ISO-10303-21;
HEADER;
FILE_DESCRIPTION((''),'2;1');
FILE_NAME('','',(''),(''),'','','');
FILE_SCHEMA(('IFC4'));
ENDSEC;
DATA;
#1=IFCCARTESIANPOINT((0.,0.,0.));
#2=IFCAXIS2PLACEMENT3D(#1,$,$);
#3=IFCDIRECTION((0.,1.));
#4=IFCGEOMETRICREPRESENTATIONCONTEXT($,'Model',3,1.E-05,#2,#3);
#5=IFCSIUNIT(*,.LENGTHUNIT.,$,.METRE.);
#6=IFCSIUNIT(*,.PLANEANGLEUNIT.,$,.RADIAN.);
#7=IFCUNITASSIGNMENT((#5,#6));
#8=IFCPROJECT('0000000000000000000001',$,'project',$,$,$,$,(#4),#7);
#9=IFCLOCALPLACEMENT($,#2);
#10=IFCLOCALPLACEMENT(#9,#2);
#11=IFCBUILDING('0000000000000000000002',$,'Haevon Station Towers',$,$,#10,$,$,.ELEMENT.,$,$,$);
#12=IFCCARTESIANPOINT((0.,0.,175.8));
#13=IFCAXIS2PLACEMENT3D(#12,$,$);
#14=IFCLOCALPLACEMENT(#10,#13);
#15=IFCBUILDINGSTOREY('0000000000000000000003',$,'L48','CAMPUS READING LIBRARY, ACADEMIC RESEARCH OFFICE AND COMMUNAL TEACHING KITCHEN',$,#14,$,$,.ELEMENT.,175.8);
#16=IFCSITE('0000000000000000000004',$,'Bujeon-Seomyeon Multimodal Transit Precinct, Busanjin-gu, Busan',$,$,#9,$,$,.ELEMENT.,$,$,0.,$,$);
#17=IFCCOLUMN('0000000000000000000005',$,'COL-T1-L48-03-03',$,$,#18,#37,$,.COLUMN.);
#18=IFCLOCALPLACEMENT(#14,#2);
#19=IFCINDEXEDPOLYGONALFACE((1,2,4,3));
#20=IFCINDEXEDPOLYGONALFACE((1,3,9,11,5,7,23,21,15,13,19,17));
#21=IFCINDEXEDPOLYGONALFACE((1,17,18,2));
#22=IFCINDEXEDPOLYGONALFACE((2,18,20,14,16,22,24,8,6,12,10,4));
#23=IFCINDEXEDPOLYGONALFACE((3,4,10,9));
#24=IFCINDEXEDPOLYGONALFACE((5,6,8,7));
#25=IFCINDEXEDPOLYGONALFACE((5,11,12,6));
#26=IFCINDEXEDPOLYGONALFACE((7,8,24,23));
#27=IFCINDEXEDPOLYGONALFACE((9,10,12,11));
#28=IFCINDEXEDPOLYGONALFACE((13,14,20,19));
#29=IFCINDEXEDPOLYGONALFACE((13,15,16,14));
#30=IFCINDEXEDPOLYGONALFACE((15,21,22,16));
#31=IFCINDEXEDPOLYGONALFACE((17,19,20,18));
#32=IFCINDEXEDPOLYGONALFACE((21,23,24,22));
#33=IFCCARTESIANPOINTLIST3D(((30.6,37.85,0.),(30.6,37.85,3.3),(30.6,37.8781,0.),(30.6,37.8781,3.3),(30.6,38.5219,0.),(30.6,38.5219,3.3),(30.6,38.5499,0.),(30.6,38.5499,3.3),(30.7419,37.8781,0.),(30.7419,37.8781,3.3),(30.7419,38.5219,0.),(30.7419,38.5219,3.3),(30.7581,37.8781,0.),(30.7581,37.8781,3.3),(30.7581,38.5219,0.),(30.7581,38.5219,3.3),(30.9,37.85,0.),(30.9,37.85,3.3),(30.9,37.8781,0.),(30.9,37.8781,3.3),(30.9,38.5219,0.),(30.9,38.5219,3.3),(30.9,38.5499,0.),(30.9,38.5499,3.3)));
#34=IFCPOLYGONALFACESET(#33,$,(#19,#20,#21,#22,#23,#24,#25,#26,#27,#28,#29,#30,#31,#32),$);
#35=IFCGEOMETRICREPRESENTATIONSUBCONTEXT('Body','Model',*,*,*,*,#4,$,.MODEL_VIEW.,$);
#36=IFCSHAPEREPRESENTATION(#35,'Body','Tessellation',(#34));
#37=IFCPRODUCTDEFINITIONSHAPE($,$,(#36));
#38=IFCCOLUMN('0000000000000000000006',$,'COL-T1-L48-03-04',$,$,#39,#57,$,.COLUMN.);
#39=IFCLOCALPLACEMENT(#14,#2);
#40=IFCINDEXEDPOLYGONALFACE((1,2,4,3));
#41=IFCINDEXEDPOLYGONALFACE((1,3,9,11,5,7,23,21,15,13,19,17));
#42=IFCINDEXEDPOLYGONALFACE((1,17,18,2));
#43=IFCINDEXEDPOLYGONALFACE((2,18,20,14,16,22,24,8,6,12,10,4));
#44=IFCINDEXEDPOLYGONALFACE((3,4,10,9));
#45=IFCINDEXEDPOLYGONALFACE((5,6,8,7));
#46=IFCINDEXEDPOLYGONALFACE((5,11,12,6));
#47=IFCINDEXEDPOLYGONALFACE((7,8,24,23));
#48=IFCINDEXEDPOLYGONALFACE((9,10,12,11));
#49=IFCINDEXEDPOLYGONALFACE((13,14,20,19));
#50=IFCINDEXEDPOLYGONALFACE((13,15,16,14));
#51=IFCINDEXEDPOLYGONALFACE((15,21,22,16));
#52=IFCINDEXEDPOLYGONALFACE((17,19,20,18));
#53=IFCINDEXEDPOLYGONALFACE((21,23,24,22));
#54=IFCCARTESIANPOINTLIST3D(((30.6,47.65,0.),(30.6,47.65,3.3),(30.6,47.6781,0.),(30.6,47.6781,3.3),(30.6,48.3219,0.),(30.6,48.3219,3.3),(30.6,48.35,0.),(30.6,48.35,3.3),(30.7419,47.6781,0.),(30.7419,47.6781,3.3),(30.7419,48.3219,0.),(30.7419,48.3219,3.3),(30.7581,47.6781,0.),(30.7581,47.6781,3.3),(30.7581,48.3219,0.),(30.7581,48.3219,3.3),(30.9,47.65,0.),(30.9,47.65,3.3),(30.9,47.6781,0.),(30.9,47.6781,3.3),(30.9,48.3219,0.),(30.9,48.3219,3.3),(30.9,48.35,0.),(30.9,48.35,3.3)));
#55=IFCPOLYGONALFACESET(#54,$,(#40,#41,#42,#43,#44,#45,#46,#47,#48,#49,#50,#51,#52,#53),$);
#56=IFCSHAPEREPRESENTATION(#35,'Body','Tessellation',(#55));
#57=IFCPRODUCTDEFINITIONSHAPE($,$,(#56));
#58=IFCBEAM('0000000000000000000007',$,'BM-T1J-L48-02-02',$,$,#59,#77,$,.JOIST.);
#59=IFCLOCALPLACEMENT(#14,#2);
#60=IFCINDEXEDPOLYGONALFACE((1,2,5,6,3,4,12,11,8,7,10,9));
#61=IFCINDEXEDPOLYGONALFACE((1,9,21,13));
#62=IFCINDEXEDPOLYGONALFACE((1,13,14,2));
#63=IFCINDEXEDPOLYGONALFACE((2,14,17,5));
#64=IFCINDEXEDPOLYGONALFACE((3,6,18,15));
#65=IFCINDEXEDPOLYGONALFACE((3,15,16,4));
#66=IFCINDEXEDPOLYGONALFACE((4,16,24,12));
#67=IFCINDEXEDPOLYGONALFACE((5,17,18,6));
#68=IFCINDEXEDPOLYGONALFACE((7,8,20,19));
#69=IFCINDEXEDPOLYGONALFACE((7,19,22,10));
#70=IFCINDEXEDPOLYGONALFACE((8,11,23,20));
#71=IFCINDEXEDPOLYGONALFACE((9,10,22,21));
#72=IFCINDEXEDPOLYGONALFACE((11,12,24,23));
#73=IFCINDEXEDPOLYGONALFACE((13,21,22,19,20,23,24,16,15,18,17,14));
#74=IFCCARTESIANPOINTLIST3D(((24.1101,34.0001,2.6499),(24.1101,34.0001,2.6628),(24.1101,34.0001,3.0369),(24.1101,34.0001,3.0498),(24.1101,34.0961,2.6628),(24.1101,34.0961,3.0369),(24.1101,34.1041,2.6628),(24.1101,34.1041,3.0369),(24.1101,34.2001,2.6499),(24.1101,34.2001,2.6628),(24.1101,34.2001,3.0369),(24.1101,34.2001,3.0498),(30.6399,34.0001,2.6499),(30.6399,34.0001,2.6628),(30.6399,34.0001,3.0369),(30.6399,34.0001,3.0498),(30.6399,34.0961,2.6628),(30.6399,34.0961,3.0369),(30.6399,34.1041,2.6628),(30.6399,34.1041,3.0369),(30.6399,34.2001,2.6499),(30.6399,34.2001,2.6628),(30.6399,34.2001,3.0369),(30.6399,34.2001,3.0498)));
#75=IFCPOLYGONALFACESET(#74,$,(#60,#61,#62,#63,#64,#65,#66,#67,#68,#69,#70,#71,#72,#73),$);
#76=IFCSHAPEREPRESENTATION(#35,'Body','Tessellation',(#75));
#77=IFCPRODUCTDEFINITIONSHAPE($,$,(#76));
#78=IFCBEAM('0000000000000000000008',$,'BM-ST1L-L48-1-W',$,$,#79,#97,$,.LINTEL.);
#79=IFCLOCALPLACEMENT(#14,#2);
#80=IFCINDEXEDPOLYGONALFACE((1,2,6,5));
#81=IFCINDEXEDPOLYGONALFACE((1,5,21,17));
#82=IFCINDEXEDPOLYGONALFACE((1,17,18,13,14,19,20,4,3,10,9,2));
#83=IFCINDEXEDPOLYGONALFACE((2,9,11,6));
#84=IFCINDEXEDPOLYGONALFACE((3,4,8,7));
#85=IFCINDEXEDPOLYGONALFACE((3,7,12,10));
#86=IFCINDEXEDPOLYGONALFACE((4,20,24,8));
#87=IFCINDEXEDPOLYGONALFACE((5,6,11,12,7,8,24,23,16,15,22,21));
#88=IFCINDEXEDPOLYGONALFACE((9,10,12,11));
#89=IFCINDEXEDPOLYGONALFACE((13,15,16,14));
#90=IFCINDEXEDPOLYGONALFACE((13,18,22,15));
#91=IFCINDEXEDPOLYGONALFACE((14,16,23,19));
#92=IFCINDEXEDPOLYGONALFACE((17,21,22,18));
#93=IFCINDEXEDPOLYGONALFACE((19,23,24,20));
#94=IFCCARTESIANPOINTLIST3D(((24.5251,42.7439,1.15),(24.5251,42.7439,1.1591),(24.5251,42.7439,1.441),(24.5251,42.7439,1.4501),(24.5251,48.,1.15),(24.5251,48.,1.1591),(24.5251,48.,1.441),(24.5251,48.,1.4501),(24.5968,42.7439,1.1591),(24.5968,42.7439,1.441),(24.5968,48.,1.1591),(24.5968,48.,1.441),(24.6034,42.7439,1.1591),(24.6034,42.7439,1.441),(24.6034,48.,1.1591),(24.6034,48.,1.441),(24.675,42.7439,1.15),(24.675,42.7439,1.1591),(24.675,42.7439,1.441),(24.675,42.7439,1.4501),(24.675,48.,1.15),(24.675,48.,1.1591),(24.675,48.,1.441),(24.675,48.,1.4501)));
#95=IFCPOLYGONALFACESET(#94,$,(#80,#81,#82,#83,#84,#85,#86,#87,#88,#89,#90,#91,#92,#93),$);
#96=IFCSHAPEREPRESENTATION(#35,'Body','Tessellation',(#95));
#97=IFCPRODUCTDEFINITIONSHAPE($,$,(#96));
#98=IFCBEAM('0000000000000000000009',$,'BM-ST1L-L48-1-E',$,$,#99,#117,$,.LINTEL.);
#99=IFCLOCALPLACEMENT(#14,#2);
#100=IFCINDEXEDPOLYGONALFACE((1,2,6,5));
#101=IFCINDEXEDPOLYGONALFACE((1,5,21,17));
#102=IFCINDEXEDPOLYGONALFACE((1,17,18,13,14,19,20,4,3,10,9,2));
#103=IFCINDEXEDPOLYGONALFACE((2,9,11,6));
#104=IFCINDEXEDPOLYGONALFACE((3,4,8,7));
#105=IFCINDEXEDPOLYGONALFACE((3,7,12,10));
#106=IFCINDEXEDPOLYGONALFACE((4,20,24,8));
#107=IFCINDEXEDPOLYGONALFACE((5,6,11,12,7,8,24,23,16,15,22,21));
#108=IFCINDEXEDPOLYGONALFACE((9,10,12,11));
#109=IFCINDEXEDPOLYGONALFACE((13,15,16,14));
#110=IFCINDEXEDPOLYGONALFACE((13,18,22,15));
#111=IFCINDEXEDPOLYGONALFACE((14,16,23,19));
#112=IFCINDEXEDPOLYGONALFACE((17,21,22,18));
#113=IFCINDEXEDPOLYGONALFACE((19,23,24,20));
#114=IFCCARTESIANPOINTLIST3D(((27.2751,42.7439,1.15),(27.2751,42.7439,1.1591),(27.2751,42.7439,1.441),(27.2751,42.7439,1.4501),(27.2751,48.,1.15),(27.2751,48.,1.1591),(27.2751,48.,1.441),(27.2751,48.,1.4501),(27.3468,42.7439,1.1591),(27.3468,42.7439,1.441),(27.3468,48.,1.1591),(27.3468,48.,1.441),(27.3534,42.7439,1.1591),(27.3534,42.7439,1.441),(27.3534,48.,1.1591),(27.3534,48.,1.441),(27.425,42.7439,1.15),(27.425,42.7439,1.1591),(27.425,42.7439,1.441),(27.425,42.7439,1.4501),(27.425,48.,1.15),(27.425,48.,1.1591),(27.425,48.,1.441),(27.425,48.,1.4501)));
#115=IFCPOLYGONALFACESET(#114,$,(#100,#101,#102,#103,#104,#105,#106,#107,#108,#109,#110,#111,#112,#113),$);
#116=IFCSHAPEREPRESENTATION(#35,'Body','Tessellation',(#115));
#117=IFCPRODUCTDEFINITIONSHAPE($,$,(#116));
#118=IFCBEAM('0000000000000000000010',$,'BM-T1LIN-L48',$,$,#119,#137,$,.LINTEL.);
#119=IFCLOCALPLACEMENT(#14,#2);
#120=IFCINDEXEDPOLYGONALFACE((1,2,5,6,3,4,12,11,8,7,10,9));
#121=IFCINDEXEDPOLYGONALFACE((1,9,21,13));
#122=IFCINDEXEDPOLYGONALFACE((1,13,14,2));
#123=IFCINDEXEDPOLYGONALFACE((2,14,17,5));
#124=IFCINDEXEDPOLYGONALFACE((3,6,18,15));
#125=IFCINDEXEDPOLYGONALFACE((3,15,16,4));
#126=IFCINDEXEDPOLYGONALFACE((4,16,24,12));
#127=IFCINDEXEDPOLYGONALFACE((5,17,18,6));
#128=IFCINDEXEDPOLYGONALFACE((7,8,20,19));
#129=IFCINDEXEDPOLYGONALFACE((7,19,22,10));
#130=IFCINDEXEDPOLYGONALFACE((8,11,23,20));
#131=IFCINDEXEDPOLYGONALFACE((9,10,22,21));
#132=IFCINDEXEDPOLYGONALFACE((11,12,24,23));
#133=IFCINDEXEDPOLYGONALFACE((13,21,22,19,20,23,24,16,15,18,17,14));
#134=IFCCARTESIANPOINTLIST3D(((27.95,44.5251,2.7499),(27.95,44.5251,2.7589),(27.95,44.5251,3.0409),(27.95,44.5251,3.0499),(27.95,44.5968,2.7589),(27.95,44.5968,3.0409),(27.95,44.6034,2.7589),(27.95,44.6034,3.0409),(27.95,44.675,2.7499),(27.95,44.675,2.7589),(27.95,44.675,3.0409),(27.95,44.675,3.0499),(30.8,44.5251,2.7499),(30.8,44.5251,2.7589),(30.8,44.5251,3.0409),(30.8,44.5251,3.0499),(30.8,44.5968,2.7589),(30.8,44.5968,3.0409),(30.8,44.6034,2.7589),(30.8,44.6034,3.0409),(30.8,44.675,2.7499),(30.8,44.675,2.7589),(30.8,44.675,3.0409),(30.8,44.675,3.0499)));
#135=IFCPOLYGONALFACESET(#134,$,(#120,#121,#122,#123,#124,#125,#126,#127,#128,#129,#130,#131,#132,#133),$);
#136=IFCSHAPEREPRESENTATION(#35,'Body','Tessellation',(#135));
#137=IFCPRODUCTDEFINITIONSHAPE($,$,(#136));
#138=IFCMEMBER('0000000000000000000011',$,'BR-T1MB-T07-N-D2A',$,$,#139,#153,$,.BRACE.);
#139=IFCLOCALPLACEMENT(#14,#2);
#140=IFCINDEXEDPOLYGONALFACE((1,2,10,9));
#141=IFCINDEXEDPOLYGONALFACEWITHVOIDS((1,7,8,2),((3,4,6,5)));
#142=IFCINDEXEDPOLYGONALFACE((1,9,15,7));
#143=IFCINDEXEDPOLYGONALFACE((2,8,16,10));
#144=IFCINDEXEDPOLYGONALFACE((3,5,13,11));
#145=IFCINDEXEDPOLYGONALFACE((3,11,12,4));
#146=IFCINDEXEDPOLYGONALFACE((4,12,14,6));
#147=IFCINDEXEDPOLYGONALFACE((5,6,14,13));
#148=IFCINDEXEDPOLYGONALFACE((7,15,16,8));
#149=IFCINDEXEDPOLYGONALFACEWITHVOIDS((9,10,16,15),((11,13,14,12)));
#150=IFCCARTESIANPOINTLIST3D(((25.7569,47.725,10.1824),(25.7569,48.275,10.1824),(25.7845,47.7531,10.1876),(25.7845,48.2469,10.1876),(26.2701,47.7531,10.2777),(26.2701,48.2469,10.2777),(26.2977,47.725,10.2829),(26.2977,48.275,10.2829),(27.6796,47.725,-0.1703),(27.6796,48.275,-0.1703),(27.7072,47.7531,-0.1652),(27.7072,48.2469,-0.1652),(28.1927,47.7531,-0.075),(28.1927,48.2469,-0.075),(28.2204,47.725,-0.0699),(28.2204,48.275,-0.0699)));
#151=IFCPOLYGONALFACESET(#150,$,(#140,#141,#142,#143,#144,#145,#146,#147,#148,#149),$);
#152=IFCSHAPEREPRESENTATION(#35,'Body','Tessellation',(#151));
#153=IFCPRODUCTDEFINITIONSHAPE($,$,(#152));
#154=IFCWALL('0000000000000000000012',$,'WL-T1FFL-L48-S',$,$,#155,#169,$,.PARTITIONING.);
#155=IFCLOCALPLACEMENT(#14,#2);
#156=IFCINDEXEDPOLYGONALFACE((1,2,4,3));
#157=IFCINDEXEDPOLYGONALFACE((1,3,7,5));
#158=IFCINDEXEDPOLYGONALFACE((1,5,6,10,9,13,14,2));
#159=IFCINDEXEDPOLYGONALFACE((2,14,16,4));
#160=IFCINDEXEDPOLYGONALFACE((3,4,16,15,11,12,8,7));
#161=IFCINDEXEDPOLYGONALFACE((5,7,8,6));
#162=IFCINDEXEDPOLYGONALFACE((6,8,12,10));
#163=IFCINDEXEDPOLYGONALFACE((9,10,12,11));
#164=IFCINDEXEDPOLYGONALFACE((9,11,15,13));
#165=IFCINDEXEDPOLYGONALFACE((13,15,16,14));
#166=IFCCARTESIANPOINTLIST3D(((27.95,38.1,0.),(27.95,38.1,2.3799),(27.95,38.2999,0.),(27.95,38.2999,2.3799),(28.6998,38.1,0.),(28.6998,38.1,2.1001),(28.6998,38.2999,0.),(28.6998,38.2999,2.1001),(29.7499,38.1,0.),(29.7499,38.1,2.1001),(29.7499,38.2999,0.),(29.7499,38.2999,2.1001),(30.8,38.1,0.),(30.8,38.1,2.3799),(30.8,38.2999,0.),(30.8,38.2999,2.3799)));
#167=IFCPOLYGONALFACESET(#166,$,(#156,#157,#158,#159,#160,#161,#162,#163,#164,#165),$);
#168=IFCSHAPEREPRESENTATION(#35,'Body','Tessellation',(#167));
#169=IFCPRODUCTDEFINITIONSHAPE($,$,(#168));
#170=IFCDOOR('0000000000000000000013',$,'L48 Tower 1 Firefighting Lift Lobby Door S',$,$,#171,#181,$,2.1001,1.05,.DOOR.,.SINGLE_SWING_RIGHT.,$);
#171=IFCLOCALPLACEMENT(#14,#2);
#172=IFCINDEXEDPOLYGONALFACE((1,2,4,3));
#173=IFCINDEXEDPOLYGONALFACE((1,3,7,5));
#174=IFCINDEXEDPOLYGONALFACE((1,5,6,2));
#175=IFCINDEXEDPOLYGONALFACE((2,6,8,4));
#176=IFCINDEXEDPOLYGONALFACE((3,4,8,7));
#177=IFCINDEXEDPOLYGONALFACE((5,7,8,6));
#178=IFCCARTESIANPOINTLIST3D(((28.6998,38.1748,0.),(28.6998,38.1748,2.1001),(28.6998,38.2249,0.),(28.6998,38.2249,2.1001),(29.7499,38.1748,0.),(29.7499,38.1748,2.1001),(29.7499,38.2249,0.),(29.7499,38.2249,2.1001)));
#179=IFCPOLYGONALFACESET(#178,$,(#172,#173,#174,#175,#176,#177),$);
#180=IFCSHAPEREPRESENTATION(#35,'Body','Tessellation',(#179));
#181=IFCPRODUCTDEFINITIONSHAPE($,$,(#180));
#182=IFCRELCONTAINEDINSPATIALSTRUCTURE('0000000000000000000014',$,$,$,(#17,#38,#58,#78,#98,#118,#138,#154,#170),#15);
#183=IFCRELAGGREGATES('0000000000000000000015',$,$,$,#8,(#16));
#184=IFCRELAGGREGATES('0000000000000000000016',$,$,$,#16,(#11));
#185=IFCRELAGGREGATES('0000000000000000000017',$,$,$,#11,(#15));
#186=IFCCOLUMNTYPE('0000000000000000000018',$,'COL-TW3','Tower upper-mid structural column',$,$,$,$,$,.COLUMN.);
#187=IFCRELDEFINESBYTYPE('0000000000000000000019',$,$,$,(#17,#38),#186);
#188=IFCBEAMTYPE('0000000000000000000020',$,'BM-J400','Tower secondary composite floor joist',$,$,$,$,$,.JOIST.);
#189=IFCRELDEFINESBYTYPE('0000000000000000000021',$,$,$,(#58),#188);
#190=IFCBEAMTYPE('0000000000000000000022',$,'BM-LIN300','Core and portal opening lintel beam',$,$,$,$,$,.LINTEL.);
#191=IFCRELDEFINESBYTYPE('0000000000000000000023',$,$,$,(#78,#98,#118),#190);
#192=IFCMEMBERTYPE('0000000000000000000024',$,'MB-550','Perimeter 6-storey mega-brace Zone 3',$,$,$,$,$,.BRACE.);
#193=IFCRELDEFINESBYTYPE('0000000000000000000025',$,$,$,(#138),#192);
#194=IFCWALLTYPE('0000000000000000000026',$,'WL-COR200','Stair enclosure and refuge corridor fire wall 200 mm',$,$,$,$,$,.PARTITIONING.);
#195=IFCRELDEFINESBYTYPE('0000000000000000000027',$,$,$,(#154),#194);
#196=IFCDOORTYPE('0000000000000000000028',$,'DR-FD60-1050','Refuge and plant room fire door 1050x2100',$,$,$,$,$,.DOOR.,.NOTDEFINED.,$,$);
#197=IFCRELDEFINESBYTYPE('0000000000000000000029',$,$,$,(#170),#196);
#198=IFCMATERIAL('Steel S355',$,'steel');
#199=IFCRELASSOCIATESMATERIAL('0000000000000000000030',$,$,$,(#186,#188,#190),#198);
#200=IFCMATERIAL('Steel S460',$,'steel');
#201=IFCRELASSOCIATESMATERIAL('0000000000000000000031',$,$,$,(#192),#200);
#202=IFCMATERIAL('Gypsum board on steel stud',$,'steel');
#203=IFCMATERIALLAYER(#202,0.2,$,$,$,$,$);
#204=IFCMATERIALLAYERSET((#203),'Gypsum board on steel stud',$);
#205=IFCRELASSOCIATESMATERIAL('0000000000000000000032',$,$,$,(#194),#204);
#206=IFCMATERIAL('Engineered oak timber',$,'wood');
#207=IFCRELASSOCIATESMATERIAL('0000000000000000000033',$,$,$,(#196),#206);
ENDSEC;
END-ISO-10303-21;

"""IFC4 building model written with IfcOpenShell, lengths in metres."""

from ifc_helpers import new_model, si_unit, direction, frame, frame_2d, origin, origin_2d, place, context, subcontext, project, spatial, rectangle, hollow_rectangle, i_section, extrude, material, layer, layer_set, material_profile, profile_set, type_object, element, fill, save


model = new_model("IFC4")

# Units and contexts
model_context = context("Model", 3, precision=1e-05, world=origin(), true_north=direction((0.0, 1.0)))
body_context = subcontext(model_context, "Body", "Model", "MODEL_VIEW")
ifc_project = project(units=[si_unit("LENGTHUNIT", "METRE"), si_unit("PLANEANGLEUNIT", "RADIAN")], contexts=[model_context])

# Site, building, storey
site_placement = place(None, origin())
site = spatial("IfcSite", under=ifc_project, at=site_placement, Name="Bujeon-Seomyeon Multimodal Transit Precinct, Busanjin-gu, Busan", CompositionType="ELEMENT", RefElevation=0.0)
building_placement = place(site_placement, origin())
building = spatial("IfcBuilding", under=site, at=building_placement, Name="Haevon Station Towers", CompositionType="ELEMENT")
storey_placement = place(building_placement, frame((0.0, 0.0, 175.8)))
storey = spatial("IfcBuildingStorey", under=building, at=storey_placement, Name="L48", Description="CAMPUS READING LIBRARY, ACADEMIC RESEARCH OFFICE AND COMMUNAL TEACHING KITCHEN", CompositionType="ELEMENT", Elevation=175.8)

# Columns
ifc_material_1 = material(Name="Steel S355", Category="steel")
ifc_material_profile_1 = material_profile(ifc_material_1, i_section(OverallWidth=0.3, OverallDepth=0.7, WebThickness=0.0161, FlangeThickness=0.0281, at=origin_2d()), Name="H-700x300x16x28")
ifc_profile_set_1 = profile_set([ifc_material_profile_1], Name="Steel S355")
column_type = type_object("IfcColumnType", Name="COL-TW3", Description="Tower upper-mid structural column", PredefinedType="COLUMN", material=ifc_profile_set_1)
for number, where, z_axis, x_axis, name in (
    (1, (30.75, 38.2, 0.0), (0.0, 0.0, 1.0), (1.0, 0.0, 0.0), "COL-T1-L48-03-03"),
    (2, (30.75, 48.0, 0.0), (0.0, 0.0, 1.0), (1.0, 0.0, 0.0), "COL-T1-L48-03-04"),
):
    element("IfcColumn", number, at=place(storey_placement, frame(where, z_axis=z_axis, x_axis=x_axis)), inside=storey, type_object=column_type, Name=name, PredefinedType="COLUMN", context=body_context, shape_type="SweptSolid", body=[
        extrude(i_section(OverallWidth=0.3, OverallDepth=0.7, WebThickness=0.0161, FlangeThickness=0.0281, at=origin_2d()), origin(), (0.0, 0.0, 1.0), 3.3),
    ])

# Beams
ifc_material_profile_2 = material_profile(ifc_material_1, i_section(OverallWidth=0.2, OverallDepth=0.3999, WebThickness=0.0081, FlangeThickness=0.0129, at=origin_2d()), Name="H-400x200x8x13")
ifc_profile_set_2 = profile_set([ifc_material_profile_2], Name="Steel S355")
beam_type_1 = type_object("IfcBeamType", Name="BM-J400", Description="Tower secondary composite floor joist", PredefinedType="JOIST", material=ifc_profile_set_2)
beam_1_placement = place(storey_placement, frame((24.1101, 34.1001, 2.8499), z_axis=(1.0, 0.0, 0.0), x_axis=(0.0, 1.0, 0.0)))
element("IfcBeam", 3, at=beam_1_placement, inside=storey, type_object=beam_type_1, Name="BM-T1J-L48-02-02", PredefinedType="JOIST", context=body_context, shape_type="SweptSolid", body=[
    extrude(i_section(OverallWidth=0.2, OverallDepth=0.3999, WebThickness=0.0081, FlangeThickness=0.0129, at=origin_2d()), origin(), (0.0, 0.0, 1.0), 6.5298),
])
ifc_material_profile_3 = material_profile(ifc_material_1, i_section(OverallWidth=0.1499, OverallDepth=0.3, WebThickness=0.0066, FlangeThickness=0.009, at=origin_2d()), Name="H-300x150x6.5x9")
ifc_profile_set_3 = profile_set([ifc_material_profile_3], Name="Steel S355")
beam_type_2 = type_object("IfcBeamType", Name="BM-LIN300", Description="Core and portal opening lintel beam", PredefinedType="LINTEL", material=ifc_profile_set_3)
for number, where, z_axis, x_axis, name in (
    (4, (24.6001, 42.7439, 1.3), (0.0, 1.0, 0.0), (-1.0, 0.0, 0.0), "BM-ST1L-L48-1-W"),
    (5, (27.3501, 42.7439, 1.3), (0.0, 1.0, 0.0), (-1.0, 0.0, 0.0), "BM-ST1L-L48-1-E"),
):
    element("IfcBeam", number, at=place(storey_placement, frame(where, z_axis=z_axis, x_axis=x_axis)), inside=storey, type_object=beam_type_2, Name=name, PredefinedType="LINTEL", context=body_context, shape_type="SweptSolid", body=[
        extrude(i_section(OverallWidth=0.1499, OverallDepth=0.3, WebThickness=0.0066, FlangeThickness=0.009, at=origin_2d()), origin(), (0.0, 0.0, 1.0), 5.2561),
    ])
beam_2_placement = place(storey_placement, frame((27.95, 44.6001, 2.8999), z_axis=(1.0, 0.0, 0.0), x_axis=(0.0, 1.0, 0.0)))
element("IfcBeam", 6, at=beam_2_placement, inside=storey, type_object=beam_type_2, Name="BM-T1LIN-L48", PredefinedType="LINTEL", context=body_context, shape_type="SweptSolid", body=[
    extrude(i_section(OverallWidth=0.1499, OverallDepth=0.3, WebThickness=0.0066, FlangeThickness=0.009, at=origin_2d()), origin(), (0.0, 0.0, 1.0), 2.8501),
])

# Member
ifc_material_2 = material(Name="Steel S460", Category="steel")
ifc_material_profile_4 = material_profile(ifc_material_2, hollow_rectangle(XDim=0.55, YDim=0.55, WallThickness=0.0281, at=origin_2d()), Name="RHS-550x550x28")
ifc_profile_set_4 = profile_set([ifc_material_profile_4], Name="Steel S460")
member_type = type_object("IfcMemberType", Name="MB-550", Description="Perimeter 6-storey mega-brace Zone 3", PredefinedType="BRACE", material=ifc_profile_set_4)
member_placement = place(storey_placement, frame((27.95, 48.0, -0.1201), z_axis=(-0.182587, 0.0, 0.98319), x_axis=(0.0, -1.0, 0.0)))
element("IfcMember", 7, at=member_placement, inside=storey, type_object=member_type, Name="BR-T1MB-T07-N-D2A", PredefinedType="BRACE", context=body_context, shape_type="SweptSolid", body=[
    extrude(hollow_rectangle(XDim=0.55, YDim=0.55, WallThickness=0.0281, at=origin_2d()), origin(), (0.0, 0.0, 1.0), 10.5298),
])

# Wall, opening, door
ifc_material_3 = material(Name="Gypsum board on steel stud", Category="steel")
ifc_layer_1 = layer(ifc_material_3, 0.2)
ifc_layer_set_1 = layer_set([ifc_layer_1], Name="Gypsum board on steel stud")
wall_type_1 = type_object("IfcWallType", Name="WL-COR200", Description="Stair enclosure and refuge corridor fire wall 200 mm", PredefinedType="PARTITIONING", material=ifc_layer_set_1)
wall_1_placement = place(storey_placement, frame((27.95, 38.2, 0.0), z_axis=(0.0, 0.0, 1.0), x_axis=(1.0, 0.0, 0.0)))
wall_1 = element("IfcWall", 8, at=wall_1_placement, inside=storey, type_object=wall_type_1, Name="WL-T1FFL-L48-S", PredefinedType="PARTITIONING", context=body_context, shape_type="SweptSolid", body=[
    extrude(rectangle(XDim=2.8501, YDim=0.2, at=frame_2d((1.425, 0.0))), origin(), (0.0, 0.0, 1.0), 2.3799),
])
opening_1_placement = place(wall_1_placement, frame((0.75, 0.0, 0.0)))
opening_1 = element("IfcOpeningElement", 9, at=opening_1_placement, cuts=wall_1, PredefinedType="OPENING", context=body_context, shape_type="SweptSolid", body=[
    extrude(rectangle(XDim=1.05, YDim=2.1001, at=frame_2d((0.5249, 1.05))), frame((0.0, 0.1099, 0.0), z_axis=(0.0, -1.0, 0.0), x_axis=(1.0, 0.0, 0.0)), (0.0, 0.0, 1.0), 0.22),
])
ifc_material_4 = material(Name="Engineered oak timber", Category="wood")
door_type_1 = type_object("IfcDoorType", Name="DR-FD60-1050", Description="Refuge and plant room fire door 1050x2100", OperationType="NOTDEFINED", PredefinedType="DOOR", material=ifc_material_4)
door_1_placement = place(opening_1_placement, origin())
door_1 = element("IfcDoor", 10, at=door_1_placement, inside=storey, type_object=door_type_1, Name="L48 Tower 1 Firefighting Lift Lobby Door S", OperationType="SINGLE_SWING_RIGHT", OverallHeight=2.1001, OverallWidth=1.05, PredefinedType="DOOR", context=body_context, shape_type="SweptSolid", body=[
    extrude(rectangle(XDim=1.05, YDim=2.1001, at=frame_2d((0.5249, 1.05))), frame((0.0, 0.0249, 0.0), z_axis=(0.0, -1.0, 0.0), x_axis=(1.0, 0.0, 0.0)), (0.0, 0.0, 1.0), 0.05),
])
fill(opening_1, door_1)

save(model, "model.ifc")
